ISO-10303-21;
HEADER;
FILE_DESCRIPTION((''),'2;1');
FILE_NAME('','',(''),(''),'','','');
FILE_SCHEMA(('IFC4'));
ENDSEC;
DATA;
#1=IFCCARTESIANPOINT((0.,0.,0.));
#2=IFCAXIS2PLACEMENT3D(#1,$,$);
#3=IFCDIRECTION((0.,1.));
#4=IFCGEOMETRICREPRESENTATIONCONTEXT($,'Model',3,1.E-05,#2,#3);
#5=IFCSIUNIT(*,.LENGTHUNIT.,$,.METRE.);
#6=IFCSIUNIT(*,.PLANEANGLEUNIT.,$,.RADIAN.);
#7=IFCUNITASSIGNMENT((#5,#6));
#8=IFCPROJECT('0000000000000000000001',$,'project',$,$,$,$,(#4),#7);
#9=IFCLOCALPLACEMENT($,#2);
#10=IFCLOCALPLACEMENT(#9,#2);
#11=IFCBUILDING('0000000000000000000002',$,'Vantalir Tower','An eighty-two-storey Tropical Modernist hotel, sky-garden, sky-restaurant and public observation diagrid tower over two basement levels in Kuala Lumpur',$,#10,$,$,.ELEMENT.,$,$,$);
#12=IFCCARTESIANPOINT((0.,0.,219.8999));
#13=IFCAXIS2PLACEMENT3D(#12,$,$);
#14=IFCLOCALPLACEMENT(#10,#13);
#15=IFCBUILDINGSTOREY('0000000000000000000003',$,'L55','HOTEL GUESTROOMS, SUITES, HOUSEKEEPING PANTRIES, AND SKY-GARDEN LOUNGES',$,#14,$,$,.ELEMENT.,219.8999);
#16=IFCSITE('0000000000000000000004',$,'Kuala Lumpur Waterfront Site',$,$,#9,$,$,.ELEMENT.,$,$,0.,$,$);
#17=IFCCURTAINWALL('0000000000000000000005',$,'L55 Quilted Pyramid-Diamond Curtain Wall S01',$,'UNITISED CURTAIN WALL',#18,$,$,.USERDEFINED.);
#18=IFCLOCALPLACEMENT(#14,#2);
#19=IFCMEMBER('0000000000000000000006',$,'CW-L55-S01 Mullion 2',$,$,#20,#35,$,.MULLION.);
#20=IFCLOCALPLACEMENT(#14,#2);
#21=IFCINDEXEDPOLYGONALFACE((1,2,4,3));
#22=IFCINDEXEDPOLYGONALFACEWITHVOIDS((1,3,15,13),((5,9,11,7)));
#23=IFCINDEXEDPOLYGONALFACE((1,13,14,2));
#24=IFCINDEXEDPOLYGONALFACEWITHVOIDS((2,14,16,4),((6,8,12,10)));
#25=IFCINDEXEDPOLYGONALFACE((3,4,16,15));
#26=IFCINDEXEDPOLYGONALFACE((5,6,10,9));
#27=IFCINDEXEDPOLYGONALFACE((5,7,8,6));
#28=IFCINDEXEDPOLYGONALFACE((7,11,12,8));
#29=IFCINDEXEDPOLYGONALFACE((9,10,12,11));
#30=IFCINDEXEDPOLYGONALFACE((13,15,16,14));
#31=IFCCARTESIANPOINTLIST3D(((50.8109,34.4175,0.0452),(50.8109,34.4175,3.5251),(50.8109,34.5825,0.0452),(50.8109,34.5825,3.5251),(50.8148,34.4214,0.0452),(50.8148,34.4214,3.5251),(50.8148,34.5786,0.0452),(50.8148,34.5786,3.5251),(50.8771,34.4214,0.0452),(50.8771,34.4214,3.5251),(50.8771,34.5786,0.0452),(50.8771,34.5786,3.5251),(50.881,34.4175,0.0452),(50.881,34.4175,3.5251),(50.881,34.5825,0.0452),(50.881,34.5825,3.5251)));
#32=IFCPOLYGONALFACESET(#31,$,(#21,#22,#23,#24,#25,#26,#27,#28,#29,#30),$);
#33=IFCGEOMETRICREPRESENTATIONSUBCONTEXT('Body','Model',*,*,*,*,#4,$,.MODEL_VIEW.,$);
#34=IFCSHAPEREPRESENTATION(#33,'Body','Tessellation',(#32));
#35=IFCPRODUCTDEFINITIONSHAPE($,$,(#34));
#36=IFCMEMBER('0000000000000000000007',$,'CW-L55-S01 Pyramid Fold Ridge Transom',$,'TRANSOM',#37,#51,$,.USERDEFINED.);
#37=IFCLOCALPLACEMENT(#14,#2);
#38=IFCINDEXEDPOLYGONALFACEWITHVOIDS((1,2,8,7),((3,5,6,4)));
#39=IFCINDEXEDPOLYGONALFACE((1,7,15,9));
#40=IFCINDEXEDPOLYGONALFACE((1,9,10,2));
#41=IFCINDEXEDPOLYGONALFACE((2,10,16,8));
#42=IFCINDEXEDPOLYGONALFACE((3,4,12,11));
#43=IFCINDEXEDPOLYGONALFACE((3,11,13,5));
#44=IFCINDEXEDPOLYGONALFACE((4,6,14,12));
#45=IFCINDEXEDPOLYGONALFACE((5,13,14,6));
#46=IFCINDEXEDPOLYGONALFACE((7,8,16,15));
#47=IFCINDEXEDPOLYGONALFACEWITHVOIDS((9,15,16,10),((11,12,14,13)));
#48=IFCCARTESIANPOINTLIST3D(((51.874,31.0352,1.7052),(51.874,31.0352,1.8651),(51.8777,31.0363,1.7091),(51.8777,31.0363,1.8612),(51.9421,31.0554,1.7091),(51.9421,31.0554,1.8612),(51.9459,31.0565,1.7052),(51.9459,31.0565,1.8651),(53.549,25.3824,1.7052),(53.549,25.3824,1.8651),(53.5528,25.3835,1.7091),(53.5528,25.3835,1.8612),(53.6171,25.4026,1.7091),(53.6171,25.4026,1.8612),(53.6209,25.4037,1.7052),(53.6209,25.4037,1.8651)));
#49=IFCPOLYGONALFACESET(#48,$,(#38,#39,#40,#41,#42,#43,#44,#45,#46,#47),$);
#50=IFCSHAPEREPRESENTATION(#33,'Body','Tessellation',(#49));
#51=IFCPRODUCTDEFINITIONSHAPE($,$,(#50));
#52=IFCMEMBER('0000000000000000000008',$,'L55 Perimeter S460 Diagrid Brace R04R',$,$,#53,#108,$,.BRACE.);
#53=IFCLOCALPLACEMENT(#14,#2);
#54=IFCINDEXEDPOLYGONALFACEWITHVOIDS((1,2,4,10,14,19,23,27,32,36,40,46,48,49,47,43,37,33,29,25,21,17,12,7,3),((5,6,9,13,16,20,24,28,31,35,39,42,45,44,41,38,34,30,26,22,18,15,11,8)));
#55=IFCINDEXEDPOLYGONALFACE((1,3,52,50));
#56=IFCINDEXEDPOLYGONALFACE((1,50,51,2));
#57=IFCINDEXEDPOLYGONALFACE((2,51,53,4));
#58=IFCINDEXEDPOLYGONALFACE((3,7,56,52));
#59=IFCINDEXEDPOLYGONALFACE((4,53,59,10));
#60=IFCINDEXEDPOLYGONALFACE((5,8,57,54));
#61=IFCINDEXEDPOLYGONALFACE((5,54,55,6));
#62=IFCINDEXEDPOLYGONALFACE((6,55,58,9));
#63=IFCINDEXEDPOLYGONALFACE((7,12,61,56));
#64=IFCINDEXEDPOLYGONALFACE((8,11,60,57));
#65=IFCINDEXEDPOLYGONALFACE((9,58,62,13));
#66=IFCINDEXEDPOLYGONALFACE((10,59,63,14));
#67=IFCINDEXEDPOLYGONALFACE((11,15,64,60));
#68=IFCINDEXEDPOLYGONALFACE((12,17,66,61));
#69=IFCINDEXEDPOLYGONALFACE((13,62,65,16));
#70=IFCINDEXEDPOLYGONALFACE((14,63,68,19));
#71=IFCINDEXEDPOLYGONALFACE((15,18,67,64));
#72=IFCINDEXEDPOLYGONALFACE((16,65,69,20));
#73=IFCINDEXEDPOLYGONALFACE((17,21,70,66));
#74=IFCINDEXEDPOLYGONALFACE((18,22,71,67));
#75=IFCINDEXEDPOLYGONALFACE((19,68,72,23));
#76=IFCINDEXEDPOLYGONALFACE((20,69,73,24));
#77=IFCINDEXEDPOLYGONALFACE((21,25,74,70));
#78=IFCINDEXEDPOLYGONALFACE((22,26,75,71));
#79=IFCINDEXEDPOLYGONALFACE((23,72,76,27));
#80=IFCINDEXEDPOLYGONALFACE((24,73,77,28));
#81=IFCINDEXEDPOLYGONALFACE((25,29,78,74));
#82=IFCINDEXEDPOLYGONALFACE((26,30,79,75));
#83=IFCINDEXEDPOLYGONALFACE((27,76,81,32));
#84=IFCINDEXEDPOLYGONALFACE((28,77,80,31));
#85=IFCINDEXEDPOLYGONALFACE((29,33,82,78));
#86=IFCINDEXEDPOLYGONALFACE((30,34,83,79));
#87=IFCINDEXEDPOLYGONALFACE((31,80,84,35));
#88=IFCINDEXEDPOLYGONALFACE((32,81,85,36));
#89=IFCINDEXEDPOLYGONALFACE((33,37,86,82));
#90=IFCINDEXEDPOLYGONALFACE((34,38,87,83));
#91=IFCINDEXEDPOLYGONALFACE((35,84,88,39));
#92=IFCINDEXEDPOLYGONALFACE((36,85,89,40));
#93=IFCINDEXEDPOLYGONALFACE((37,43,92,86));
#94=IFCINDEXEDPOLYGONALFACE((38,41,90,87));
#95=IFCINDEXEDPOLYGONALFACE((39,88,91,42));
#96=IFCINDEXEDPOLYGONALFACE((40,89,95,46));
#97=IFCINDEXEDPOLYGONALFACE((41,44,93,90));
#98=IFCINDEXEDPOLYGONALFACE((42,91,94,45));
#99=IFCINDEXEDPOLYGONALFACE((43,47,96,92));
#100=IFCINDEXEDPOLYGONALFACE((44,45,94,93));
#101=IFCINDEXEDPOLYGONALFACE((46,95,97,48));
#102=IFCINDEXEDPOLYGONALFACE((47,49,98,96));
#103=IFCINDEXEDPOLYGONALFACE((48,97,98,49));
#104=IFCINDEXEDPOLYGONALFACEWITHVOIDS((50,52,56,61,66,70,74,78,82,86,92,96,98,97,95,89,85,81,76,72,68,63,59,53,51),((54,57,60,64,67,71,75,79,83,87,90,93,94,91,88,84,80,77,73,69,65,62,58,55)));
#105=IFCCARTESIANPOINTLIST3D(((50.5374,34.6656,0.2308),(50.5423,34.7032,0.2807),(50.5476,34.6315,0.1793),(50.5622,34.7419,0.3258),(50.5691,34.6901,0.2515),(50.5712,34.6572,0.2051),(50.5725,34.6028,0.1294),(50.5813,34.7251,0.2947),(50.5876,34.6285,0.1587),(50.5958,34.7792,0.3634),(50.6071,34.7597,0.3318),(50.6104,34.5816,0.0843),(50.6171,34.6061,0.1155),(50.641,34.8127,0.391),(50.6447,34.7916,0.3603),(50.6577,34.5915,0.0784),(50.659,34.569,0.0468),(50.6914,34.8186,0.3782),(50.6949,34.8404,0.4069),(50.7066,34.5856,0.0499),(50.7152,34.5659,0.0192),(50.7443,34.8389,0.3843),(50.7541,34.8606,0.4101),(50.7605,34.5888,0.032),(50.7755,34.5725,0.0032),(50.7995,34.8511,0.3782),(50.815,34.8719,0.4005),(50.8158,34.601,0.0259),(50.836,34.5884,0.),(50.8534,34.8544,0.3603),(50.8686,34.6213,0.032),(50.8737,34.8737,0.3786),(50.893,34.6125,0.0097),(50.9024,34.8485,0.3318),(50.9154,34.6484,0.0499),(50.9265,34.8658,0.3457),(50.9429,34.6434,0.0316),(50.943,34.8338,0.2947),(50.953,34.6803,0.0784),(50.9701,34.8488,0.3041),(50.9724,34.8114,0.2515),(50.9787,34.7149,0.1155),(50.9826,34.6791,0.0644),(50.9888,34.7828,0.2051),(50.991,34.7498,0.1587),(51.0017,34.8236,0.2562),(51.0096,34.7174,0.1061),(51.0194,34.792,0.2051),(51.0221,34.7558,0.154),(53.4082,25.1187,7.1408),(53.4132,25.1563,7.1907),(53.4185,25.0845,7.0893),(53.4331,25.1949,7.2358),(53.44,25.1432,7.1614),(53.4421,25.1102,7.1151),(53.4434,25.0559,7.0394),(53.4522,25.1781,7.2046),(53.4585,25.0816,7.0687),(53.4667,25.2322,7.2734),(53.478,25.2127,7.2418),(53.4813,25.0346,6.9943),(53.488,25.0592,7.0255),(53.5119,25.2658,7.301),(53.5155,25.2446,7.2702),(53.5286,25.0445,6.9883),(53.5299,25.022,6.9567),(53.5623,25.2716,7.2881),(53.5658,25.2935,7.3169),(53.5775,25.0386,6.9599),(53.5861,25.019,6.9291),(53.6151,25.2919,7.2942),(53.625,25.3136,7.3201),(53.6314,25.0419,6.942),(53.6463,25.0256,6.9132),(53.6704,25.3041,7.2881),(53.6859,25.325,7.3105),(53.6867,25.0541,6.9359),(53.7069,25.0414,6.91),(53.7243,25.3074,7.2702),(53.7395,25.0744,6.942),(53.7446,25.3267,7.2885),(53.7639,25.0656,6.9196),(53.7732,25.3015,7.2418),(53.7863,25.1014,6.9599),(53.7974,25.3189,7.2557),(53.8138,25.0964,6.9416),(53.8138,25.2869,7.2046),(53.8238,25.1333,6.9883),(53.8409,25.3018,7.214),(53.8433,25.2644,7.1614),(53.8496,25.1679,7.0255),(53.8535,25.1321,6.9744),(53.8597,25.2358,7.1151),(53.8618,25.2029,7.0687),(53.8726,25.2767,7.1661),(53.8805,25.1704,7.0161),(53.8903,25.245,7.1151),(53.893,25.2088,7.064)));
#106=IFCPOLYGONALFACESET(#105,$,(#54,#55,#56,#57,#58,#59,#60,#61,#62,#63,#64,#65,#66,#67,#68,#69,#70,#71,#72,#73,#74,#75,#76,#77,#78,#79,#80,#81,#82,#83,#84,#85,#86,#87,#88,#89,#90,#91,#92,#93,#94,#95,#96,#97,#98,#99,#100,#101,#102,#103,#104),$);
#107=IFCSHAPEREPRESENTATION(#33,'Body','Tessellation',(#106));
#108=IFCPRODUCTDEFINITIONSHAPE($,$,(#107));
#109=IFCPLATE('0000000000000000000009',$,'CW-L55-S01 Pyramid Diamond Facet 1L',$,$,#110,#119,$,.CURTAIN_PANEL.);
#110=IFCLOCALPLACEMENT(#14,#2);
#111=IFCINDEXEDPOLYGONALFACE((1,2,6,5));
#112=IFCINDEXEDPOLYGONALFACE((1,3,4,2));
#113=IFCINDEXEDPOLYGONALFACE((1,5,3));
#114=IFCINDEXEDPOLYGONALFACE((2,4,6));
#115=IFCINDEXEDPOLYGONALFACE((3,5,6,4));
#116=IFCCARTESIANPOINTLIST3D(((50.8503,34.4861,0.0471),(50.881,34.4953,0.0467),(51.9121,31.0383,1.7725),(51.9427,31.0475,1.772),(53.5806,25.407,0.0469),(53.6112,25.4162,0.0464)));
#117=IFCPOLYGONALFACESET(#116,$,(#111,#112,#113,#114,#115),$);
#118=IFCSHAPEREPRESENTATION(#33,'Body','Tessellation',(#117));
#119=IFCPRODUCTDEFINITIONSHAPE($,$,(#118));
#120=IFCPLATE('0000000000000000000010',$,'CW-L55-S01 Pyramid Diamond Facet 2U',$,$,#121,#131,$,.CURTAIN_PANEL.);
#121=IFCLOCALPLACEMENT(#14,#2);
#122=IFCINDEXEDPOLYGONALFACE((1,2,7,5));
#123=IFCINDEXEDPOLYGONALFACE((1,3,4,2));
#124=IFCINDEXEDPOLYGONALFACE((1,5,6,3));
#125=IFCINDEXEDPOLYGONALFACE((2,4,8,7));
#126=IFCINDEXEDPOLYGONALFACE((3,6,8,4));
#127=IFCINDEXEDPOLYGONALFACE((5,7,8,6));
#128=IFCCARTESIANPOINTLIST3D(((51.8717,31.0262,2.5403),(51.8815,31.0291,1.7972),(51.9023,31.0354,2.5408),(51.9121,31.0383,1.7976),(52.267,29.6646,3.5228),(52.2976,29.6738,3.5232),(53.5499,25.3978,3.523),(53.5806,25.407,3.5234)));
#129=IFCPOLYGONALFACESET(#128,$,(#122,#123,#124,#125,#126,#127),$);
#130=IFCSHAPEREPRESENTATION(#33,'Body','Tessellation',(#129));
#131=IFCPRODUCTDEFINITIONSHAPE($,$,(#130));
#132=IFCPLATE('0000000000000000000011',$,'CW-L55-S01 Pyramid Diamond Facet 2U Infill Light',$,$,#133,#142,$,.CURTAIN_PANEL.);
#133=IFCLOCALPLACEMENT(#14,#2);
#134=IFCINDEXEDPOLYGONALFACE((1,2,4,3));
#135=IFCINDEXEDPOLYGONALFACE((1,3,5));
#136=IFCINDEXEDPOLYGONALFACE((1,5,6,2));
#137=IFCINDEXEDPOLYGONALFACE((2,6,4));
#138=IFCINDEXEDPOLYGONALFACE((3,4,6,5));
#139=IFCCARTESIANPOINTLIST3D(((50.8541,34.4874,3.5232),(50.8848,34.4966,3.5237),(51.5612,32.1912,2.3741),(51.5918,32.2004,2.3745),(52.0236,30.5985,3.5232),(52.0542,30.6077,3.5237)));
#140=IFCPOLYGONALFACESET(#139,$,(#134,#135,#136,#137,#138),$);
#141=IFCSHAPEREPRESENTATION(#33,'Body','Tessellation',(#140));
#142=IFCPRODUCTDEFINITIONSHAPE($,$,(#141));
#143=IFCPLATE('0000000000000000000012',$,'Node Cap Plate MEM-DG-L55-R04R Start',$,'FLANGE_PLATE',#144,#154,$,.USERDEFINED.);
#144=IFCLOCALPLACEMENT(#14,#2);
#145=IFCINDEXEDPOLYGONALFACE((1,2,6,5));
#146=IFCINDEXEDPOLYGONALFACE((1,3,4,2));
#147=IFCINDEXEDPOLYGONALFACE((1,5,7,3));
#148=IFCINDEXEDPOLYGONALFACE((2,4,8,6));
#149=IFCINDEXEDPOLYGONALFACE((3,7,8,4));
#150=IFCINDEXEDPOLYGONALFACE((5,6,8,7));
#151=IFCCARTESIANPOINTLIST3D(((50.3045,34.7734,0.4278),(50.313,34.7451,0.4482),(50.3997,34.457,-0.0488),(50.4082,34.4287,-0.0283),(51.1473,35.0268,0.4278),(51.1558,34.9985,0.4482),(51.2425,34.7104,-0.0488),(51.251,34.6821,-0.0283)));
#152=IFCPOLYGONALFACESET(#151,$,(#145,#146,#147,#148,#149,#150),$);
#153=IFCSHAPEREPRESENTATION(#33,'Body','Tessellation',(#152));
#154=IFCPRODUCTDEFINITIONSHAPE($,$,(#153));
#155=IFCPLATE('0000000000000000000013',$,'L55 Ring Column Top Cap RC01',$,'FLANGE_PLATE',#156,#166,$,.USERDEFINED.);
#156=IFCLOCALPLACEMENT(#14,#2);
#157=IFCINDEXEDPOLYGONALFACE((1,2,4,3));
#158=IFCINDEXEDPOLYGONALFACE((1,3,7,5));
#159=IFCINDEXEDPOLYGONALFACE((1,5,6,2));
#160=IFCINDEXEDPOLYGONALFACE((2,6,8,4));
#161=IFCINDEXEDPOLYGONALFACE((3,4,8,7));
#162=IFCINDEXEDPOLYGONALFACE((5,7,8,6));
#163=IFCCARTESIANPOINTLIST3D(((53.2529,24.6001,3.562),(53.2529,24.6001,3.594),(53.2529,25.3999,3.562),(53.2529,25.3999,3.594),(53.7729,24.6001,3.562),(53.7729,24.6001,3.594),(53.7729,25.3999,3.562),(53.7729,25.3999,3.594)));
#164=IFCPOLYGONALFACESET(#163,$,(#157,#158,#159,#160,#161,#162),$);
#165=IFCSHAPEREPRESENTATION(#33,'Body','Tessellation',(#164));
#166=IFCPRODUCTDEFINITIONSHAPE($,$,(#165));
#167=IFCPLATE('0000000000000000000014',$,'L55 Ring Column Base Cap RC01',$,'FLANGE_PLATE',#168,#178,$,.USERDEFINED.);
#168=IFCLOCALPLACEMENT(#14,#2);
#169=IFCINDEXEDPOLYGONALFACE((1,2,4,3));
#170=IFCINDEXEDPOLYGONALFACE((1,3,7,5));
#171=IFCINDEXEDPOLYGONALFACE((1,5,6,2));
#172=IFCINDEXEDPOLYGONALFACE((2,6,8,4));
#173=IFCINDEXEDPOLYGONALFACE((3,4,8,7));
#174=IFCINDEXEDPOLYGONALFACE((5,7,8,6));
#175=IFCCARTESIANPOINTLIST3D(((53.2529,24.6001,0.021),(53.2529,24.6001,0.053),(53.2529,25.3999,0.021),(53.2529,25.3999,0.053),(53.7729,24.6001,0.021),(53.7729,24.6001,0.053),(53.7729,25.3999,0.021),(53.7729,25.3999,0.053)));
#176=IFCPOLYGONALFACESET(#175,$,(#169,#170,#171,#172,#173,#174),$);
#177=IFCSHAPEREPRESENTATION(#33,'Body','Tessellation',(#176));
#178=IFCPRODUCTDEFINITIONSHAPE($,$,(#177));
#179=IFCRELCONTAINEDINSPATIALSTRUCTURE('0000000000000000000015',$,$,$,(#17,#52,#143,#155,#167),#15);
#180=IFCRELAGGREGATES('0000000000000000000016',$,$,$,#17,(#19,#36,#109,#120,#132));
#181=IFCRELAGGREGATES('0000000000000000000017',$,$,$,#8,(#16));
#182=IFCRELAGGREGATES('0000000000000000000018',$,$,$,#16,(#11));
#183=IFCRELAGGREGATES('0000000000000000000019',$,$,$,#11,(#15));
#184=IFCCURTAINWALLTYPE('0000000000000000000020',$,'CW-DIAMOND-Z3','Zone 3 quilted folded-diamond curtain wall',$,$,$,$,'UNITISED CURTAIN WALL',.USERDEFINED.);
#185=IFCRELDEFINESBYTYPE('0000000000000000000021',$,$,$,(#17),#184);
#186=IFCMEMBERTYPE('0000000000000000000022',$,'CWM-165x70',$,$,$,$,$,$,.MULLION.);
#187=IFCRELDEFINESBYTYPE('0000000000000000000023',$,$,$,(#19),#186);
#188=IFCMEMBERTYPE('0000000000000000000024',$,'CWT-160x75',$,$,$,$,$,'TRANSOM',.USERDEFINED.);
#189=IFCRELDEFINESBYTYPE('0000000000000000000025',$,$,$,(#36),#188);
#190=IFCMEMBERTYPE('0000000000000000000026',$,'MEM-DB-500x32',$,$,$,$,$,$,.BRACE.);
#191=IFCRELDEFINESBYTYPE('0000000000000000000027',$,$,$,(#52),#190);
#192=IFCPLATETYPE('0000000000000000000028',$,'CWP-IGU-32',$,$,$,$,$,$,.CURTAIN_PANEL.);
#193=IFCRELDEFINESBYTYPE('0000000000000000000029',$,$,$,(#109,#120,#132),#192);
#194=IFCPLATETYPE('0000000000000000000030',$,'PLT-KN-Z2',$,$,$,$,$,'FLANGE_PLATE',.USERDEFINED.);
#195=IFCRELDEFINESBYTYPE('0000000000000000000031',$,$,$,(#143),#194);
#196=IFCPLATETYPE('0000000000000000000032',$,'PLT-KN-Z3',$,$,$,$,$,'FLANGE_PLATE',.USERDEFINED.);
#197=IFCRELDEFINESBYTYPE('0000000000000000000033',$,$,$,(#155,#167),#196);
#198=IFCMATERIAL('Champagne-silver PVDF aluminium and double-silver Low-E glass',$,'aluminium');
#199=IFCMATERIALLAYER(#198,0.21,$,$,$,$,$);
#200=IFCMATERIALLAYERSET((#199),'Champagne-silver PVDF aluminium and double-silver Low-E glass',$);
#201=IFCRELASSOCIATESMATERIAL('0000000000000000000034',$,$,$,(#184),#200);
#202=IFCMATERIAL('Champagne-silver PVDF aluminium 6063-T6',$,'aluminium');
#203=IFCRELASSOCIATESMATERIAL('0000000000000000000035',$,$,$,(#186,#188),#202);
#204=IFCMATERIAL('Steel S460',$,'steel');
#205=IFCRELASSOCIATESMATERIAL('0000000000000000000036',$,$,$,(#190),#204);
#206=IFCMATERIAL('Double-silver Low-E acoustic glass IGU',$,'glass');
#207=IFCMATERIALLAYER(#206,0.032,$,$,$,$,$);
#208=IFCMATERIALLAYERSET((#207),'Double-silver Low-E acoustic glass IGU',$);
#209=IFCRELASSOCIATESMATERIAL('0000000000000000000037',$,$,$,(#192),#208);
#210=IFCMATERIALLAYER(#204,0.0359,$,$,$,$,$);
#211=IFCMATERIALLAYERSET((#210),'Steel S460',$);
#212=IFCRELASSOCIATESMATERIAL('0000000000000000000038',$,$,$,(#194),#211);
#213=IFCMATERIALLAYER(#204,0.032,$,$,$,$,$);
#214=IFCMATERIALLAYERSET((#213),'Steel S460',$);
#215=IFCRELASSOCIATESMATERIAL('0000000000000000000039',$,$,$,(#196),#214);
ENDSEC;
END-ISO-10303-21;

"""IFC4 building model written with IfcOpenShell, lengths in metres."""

from ifc_helpers import new_model, si_unit, direction, frame, origin, origin_2d, place, context, subcontext, project, spatial, polyline, hollow_rectangle, hollow_circle, outline, extrude, material, layer, layer_set, material_profile, profile_set, type_object, element, aggregate, save


model = new_model("IFC4")

# Units and contexts
model_context = context("Model", 3, precision=1e-05, world=origin(), true_north=direction((0.0, 1.0)))
body_context = subcontext(model_context, "Body", "Model", "MODEL_VIEW")
ifc_project = project(units=[si_unit("LENGTHUNIT", "METRE"), si_unit("PLANEANGLEUNIT", "RADIAN")], contexts=[model_context])

# Site, building, storey
site_placement = place(None, origin())
site = spatial("IfcSite", under=ifc_project, at=site_placement, Name="Kuala Lumpur Waterfront Site", CompositionType="ELEMENT", RefElevation=0.0)
building_placement = place(site_placement, origin())
building = spatial("IfcBuilding", under=site, at=building_placement, Name="Vantalir Tower", Description="An eighty-two-storey Tropical Modernist hotel, sky-garden, sky-restaurant and public observation diagrid tower over two basement levels in Kuala Lumpur", CompositionType="ELEMENT")
storey_placement = place(building_placement, frame((0.0, 0.0, 219.8999)))
storey = spatial("IfcBuildingStorey", under=building, at=storey_placement, Name="L55", Description="HOTEL GUESTROOMS, SUITES, HOUSEKEEPING PANTRIES, AND SKY-GARDEN LOUNGES", CompositionType="ELEMENT", Elevation=219.8999)

# Curtain wall, members
ifc_material_1 = material(Name="Champagne-silver PVDF aluminium and double-silver Low-E glass", Category="aluminium")
ifc_layer_1 = layer(ifc_material_1, 0.21)
ifc_layer_set_1 = layer_set([ifc_layer_1], Name="Champagne-silver PVDF aluminium and double-silver Low-E glass")
curtain_wall_type = type_object("IfcCurtainWallType", Name="CW-DIAMOND-Z3", Description="Zone 3 quilted folded-diamond curtain wall", ElementType="UNITISED CURTAIN WALL", PredefinedType="USERDEFINED", material=ifc_layer_set_1)
curtain_wall_placement = place(storey_placement, origin())
curtain_wall = element("IfcCurtainWall", 1, at=curtain_wall_placement, inside=storey, type_object=curtain_wall_type, Name="L55 Quilted Pyramid-Diamond Curtain Wall S01", ObjectType="UNITISED CURTAIN WALL", PredefinedType="USERDEFINED")
ifc_material_2 = material(Name="Champagne-silver PVDF aluminium 6063-T6", Category="aluminium")
ifc_material_profile_1 = material_profile(ifc_material_2, hollow_rectangle(XDim=0.0701, YDim=0.165, WallThickness=0.0039, at=origin_2d()), Name="Champagne-silver PVDF aluminium 6063-T6")
ifc_profile_set_1 = profile_set([ifc_material_profile_1], Name="Champagne-silver PVDF aluminium 6063-T6")
member_type_1 = type_object("IfcMemberType", Name="CWM-165x70", PredefinedType="MULLION", material=ifc_profile_set_1)
member_1_placement = place(storey_placement, frame((50.8459, 34.5, 0.0452), z_axis=(0.0, 0.0, 1.0), x_axis=(1.0, 0.0, 0.0)))
member_1 = element("IfcMember", 2, at=member_1_placement, type_object=member_type_1, Name="CW-L55-S01 Mullion 2", PredefinedType="MULLION", context=body_context, shape_type="SweptSolid", body=[
    extrude(hollow_rectangle(XDim=0.0701, YDim=0.165, WallThickness=0.0039, at=origin_2d()), origin(), (0.0, 0.0, 1.0), 3.48),
])
ifc_material_profile_2 = material_profile(ifc_material_2, hollow_rectangle(XDim=0.075, YDim=0.1599, WallThickness=0.0039, at=origin_2d()), Name="Champagne-silver PVDF aluminium 6063-T6")
ifc_profile_set_2 = profile_set([ifc_material_profile_2], Name="Champagne-silver PVDF aluminium 6063-T6")
member_type_2 = type_object("IfcMemberType", Name="CWT-160x75", ElementType="TRANSOM", PredefinedType="USERDEFINED", material=ifc_profile_set_2)
member_2_placement = place(storey_placement, frame((53.585, 25.3931, 1.7852), z_axis=(-0.284109, 0.958792, 0.0), x_axis=(-0.958792, -0.284109, 0.0)))
member_2 = element("IfcMember", 3, at=member_2_placement, type_object=member_type_2, Name="CW-L55-S01 Pyramid Fold Ridge Transom", ObjectType="TRANSOM", PredefinedType="USERDEFINED", context=body_context, shape_type="SweptSolid", body=[
    extrude(hollow_rectangle(XDim=0.075, YDim=0.1599, WallThickness=0.0039, at=origin_2d()), origin(), (0.0, 0.0, 1.0), 5.8958),
])

# Member
ifc_material_3 = material(Name="Steel S460", Category="steel")
ifc_material_profile_3 = material_profile(ifc_material_3, hollow_circle(Radius=0.25, WallThickness=0.032, at=origin_2d()), Name="Steel S460")
ifc_profile_set_3 = profile_set([ifc_material_profile_3], Name="Steel S460")
member_type_3 = type_object("IfcMemberType", Name="MEM-DB-500x32", PredefinedType="BRACE", material=ifc_profile_set_3)
member_3_placement = place(storey_placement, frame((50.78, 34.72, 0.2051), z_axis=(0.236678, -0.787061, 0.569665), x_axis=(0.957639, 0.287972, 0.0)))
element("IfcMember", 4, at=member_3_placement, inside=storey, type_object=member_type_3, Name="L55 Perimeter S460 Diagrid Brace R04R", PredefinedType="BRACE", context=body_context, shape_type="SweptSolid", body=[
    extrude(hollow_circle(Radius=0.25, WallThickness=0.032, at=origin_2d()), origin(), (0.0, 0.0, 1.0), 12.1299),
])

# Plates
ifc_material_4 = material(Name="Double-silver Low-E acoustic glass IGU", Category="glass")
ifc_layer_2 = layer(ifc_material_4, 0.032)
ifc_layer_set_2 = layer_set([ifc_layer_2], Name="Double-silver Low-E acoustic glass IGU")
plate_type_1 = type_object("IfcPlateType", Name="CWP-IGU-32", PredefinedType="CURTAIN_PANEL", material=ifc_layer_set_2)
plate_1_placement = place(storey_placement, frame((53.5806, 25.407, 0.0469), z_axis=(-0.957545, -0.287949, 0.01386), x_axis=(-0.287976, 0.957638, 0.000026)))
plate_1 = element("IfcPlate", 5, at=plate_1_placement, type_object=plate_type_1, Name="CW-L55-S01 Pyramid Diamond Facet 1L", PredefinedType="CURTAIN_PANEL", context=body_context, shape_type="SweptSolid", body=[
    extrude(outline(polyline([(0.0, 0.0), (9.4807, 0.0), (5.8733, -1.7256), (0.0, 0.0)])), origin(), (0.0, 0.0, -1.0), 0.032),
])
plate_2_placement = place(storey_placement, frame((53.5806, 25.407, 3.5234), z_axis=(0.957557, 0.287915, 0.013748), x_axis=(-0.287941, 0.957648, -0.000055)))
plate_2 = element("IfcPlate", 6, at=plate_2_placement, type_object=plate_type_1, Name="CW-L55-S01 Pyramid Diamond Facet 2U", PredefinedType="CURTAIN_PANEL", context=body_context, shape_type="SweptSolid", body=[
    extrude(outline(polyline([(0.0, 0.0), (4.4556, 0.0), (5.8733, -0.9824), (5.8734, -1.7257), (0.0, 0.0)])), origin(), (0.0, 0.0, -1.0), 0.032),
])
plate_3_placement = place(storey_placement, frame((52.0542, 30.6077, 3.5237), z_axis=(0.957548, 0.287944, 0.013798), x_axis=(-0.287971, 0.957639, 0.0)))
plate_3 = element("IfcPlate", 7, at=plate_3_placement, type_object=plate_type_1, Name="CW-L55-S01 Pyramid Diamond Facet 2U Infill Light", PredefinedType="CURTAIN_PANEL", context=body_context, shape_type="SweptSolid", body=[
    extrude(outline(polyline([(0.0, 0.0), (4.0609, 0.0), (1.6585, -1.1493), (0.0, 0.0)])), origin(), (0.0, 0.0, -1.0), 0.032),
])
aggregate(curtain_wall, [member_1, member_2, plate_1, plate_2, plate_3])

# Plates
ifc_layer_3 = layer(ifc_material_3, 0.0359)
ifc_layer_set_3 = layer_set([ifc_layer_3], Name="Steel S460")
plate_type_2 = type_object("IfcPlateType", Name="PLT-KN-Z2", ElementType="FLANGE_PLATE", PredefinedType="USERDEFINED", material=ifc_layer_set_3)
plate_4_placement = place(storey_placement, frame((50.4082, 34.4287, -0.0283), z_axis=(0.236642, -0.786984, 0.569786), x_axis=(0.957643, 0.287959, 0.0)))
element("IfcPlate", 8, at=plate_4_placement, inside=storey, type_object=plate_type_2, Name="Node Cap Plate MEM-DG-L55-R04R Start", ObjectType="FLANGE_PLATE", PredefinedType="USERDEFINED", context=body_context, shape_type="SweptSolid", body=[
    extrude(outline(polyline([(0.0, 0.0), (0.88, 0.0), (0.88, 0.5799), (-0.0001, 0.5799), (0.0, 0.0)])), origin(), (0.0, 0.0, -1.0), 0.0359),
])
ifc_layer_4 = layer(ifc_material_3, 0.032)
ifc_layer_set_4 = layer_set([ifc_layer_4], Name="Steel S460")
plate_type_3 = type_object("IfcPlateType", Name="PLT-KN-Z3", ElementType="FLANGE_PLATE", PredefinedType="USERDEFINED", material=ifc_layer_set_4)
for number, where, z_axis, x_axis, name in (
    (9, (53.2529, 25.3999, 3.594), (0.0, 0.0, 1.0), (0.0, -1.0, 0.0), "L55 Ring Column Top Cap RC01"),
    (10, (53.2529, 25.3999, 0.053), (0.0, 0.0, 1.0), (0.0, -1.0, 0.0), "L55 Ring Column Base Cap RC01"),
):
    element("IfcPlate", number, at=place(storey_placement, frame(where, z_axis=z_axis, x_axis=x_axis)), inside=storey, type_object=plate_type_3, Name=name, ObjectType="FLANGE_PLATE", PredefinedType="USERDEFINED", context=body_context, shape_type="SweptSolid", body=[
        extrude(outline(polyline([(0.0, 0.0), (0.7998, 0.0), (0.7998, 0.52), (0.0, 0.52), (0.0, 0.0)])), origin(), (0.0, 0.0, -1.0), 0.032),
    ])

save(model, "model.ifc")
